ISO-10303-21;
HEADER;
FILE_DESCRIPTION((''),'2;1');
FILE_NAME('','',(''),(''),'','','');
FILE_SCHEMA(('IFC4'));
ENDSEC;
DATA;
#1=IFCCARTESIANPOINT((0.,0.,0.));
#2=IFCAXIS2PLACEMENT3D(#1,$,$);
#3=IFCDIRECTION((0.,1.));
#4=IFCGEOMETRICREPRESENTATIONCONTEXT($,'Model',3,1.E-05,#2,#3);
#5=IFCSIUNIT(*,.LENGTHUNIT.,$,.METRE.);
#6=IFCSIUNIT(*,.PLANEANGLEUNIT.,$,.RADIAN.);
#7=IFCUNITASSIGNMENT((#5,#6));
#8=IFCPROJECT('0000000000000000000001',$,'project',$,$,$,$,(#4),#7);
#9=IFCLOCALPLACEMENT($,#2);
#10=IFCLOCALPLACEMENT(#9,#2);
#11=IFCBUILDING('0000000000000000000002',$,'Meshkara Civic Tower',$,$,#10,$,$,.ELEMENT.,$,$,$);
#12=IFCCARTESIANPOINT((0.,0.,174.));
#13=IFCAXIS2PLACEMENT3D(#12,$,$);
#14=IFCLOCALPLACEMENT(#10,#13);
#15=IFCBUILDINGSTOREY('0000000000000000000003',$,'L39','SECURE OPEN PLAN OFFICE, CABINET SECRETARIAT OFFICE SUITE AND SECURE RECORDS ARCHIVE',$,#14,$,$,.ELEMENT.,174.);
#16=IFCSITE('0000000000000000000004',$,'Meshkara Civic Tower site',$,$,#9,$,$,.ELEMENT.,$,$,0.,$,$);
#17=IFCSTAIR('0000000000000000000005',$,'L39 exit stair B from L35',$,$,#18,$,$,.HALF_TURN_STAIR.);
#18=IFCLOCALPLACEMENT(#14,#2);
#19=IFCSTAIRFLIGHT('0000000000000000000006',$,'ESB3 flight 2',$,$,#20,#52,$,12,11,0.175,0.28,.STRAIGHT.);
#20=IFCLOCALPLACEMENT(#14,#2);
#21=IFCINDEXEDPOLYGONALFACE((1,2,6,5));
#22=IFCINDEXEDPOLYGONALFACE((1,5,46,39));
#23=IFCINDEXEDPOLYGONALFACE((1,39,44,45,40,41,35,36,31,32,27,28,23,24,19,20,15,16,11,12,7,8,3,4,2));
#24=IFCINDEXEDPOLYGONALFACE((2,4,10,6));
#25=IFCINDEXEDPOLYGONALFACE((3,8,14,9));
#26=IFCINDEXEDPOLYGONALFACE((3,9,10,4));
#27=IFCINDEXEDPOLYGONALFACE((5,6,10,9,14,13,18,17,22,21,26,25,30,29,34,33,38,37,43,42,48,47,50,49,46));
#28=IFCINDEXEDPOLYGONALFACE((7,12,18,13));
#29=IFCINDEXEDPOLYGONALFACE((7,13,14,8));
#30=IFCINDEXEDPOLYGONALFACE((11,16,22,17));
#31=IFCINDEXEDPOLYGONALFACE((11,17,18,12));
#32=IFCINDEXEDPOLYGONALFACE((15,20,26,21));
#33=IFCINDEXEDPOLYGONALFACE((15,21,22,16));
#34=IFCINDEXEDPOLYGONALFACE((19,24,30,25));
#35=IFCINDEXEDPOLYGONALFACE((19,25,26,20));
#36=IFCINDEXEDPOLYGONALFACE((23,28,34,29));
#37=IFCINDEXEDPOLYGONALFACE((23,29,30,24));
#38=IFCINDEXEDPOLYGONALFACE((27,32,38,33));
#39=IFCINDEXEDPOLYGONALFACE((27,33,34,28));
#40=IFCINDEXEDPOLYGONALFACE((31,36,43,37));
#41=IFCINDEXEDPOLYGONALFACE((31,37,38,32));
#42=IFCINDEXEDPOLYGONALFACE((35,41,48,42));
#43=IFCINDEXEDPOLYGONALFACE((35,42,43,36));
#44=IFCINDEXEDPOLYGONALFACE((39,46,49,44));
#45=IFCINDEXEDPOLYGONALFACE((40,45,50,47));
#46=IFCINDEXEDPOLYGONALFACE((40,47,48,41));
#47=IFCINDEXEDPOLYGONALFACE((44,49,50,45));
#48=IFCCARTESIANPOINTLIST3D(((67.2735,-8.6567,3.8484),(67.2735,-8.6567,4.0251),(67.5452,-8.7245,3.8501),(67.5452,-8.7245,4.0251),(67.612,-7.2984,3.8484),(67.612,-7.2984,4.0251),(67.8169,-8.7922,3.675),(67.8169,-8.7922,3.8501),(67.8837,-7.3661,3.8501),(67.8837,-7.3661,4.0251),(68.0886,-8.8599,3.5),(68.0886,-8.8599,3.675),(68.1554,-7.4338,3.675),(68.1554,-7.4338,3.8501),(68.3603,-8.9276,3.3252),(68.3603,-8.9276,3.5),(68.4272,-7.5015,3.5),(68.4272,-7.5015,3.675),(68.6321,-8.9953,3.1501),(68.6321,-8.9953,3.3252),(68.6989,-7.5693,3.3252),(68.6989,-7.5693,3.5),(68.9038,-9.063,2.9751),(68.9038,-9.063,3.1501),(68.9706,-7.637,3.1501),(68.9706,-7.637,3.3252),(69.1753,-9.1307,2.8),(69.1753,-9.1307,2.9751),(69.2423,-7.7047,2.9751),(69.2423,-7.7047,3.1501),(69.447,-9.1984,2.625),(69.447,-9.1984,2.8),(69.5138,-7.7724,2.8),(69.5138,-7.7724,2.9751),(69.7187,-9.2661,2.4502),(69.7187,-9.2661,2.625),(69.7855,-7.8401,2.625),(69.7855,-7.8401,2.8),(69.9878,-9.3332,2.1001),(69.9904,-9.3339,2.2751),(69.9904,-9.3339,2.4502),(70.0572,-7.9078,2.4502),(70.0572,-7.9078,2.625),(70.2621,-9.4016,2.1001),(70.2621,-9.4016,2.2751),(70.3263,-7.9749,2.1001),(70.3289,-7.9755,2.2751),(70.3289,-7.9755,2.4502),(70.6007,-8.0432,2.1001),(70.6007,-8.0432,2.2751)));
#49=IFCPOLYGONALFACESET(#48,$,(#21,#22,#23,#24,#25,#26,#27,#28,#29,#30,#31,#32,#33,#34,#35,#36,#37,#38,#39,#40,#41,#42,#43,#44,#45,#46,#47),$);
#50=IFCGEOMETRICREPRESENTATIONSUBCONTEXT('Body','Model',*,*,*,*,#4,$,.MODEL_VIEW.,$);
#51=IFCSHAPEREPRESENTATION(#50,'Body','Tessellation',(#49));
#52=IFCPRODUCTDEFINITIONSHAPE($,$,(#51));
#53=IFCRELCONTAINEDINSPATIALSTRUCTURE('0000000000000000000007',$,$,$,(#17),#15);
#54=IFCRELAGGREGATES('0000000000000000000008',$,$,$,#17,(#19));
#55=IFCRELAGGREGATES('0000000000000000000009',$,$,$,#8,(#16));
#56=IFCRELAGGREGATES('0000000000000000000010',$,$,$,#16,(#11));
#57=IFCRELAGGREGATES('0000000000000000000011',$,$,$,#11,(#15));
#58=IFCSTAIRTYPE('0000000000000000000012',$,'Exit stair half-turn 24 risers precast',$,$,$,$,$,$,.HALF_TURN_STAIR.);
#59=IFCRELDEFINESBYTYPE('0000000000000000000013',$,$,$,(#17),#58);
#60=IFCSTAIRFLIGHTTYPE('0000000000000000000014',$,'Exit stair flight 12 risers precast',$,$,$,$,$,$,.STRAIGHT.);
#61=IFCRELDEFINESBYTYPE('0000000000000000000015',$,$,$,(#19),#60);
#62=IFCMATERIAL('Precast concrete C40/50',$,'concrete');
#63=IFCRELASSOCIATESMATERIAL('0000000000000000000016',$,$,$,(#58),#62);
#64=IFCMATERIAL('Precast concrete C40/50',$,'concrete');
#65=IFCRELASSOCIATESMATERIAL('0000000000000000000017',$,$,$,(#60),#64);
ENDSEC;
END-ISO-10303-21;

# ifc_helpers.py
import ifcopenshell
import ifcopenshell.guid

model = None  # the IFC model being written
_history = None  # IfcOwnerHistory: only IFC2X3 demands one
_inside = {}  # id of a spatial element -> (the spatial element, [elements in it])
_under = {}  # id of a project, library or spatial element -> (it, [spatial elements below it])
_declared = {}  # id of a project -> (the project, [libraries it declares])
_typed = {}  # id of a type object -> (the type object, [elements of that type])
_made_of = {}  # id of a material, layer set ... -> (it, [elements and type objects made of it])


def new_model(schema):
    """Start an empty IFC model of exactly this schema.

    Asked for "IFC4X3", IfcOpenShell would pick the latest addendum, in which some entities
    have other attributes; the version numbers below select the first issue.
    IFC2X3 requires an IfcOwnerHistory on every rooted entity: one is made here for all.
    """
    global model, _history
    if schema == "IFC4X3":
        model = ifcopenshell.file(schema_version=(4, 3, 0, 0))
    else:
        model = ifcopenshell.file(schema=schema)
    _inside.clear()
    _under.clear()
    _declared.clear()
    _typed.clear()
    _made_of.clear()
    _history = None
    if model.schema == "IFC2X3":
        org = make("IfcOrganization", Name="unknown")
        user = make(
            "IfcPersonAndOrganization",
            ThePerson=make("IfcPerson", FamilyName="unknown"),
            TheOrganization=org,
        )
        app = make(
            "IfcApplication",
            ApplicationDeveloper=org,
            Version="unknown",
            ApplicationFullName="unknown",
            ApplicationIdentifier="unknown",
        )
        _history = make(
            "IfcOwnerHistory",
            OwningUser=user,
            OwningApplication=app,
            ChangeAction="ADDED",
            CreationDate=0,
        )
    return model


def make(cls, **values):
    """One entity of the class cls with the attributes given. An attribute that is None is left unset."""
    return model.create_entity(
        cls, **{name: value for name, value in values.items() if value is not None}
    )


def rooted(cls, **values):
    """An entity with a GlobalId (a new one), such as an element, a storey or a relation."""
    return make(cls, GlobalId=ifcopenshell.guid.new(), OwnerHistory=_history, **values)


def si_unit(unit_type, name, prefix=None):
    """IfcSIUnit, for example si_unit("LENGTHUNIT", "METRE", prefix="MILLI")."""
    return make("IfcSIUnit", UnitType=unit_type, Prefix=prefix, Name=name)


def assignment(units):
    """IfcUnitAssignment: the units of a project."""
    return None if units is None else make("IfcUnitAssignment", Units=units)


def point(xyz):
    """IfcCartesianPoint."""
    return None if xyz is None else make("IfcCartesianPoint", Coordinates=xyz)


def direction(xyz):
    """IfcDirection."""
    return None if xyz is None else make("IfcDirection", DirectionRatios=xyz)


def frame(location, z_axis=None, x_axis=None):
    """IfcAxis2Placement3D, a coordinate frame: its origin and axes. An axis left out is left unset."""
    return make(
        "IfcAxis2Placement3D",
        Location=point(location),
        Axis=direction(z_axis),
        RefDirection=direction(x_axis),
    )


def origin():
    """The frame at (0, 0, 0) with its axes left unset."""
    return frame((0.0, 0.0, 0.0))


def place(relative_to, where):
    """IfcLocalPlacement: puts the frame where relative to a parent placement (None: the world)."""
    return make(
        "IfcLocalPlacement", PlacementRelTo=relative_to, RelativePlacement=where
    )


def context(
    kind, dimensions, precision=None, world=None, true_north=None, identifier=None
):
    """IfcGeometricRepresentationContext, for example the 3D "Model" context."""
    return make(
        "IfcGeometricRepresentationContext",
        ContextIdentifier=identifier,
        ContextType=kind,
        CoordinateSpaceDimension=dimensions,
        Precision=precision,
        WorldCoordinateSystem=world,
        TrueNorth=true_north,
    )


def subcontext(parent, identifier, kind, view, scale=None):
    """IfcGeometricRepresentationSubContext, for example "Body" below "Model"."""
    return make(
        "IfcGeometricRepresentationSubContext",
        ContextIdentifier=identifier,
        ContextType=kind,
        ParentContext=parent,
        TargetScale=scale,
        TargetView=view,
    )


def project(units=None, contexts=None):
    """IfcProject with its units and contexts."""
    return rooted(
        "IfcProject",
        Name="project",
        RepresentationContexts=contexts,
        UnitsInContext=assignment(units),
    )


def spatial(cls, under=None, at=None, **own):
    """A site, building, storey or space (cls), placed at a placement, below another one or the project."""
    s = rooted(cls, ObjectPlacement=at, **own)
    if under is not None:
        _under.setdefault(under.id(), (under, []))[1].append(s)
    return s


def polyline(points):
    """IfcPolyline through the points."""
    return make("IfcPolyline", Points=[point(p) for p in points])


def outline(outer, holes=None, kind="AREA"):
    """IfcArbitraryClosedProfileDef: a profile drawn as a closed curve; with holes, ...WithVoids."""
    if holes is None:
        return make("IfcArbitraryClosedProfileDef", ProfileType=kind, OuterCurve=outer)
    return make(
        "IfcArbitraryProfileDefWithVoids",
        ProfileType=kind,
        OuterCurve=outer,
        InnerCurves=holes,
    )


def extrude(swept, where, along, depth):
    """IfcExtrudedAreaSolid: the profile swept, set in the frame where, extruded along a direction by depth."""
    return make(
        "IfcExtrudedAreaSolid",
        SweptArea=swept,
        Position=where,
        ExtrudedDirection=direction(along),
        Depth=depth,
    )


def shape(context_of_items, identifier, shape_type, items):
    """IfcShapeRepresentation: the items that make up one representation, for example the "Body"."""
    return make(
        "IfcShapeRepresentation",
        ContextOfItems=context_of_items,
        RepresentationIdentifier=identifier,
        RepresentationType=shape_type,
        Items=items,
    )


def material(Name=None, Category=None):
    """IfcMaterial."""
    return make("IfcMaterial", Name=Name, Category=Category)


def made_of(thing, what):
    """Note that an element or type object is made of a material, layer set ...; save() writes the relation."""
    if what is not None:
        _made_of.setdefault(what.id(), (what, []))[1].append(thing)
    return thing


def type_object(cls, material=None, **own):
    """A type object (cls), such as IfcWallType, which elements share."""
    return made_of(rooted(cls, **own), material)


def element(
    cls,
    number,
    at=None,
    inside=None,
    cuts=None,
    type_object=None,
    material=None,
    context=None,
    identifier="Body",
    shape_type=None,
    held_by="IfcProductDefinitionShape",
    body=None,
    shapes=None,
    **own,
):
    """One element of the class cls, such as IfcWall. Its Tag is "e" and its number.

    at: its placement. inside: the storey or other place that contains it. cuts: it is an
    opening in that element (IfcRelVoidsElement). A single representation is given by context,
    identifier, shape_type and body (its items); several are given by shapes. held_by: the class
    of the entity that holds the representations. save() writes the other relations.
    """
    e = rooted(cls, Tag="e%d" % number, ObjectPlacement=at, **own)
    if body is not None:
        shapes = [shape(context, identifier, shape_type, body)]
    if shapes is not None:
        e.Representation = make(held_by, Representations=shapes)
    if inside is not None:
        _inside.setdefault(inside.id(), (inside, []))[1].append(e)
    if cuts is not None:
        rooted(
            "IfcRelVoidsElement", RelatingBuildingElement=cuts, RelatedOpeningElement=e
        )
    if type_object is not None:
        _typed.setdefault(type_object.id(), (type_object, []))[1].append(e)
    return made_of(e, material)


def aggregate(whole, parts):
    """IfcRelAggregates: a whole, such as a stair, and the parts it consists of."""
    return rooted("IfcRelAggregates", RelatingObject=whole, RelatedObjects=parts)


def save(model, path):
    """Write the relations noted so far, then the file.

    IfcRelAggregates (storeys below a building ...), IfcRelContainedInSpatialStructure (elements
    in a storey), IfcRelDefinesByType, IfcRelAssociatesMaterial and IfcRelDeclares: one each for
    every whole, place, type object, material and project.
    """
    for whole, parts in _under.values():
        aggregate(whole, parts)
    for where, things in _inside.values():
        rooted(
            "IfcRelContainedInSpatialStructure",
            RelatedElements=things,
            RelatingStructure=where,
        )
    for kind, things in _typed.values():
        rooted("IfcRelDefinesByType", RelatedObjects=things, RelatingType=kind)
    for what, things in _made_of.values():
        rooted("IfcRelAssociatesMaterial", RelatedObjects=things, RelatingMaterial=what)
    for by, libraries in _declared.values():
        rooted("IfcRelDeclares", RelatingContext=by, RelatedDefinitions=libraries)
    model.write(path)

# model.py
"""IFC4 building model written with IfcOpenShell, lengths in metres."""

from ifc_helpers import new_model, si_unit, direction, frame, origin, place, context, subcontext, project, spatial, polyline, outline, extrude, material, type_object, element, aggregate, save


model = new_model("IFC4")

# Units and contexts
model_context = context("Model", 3, precision=1e-05, world=origin(), true_north=direction((0.0, 1.0)))
body_context = subcontext(model_context, "Body", "Model", "MODEL_VIEW")
ifc_project = project(units=[si_unit("LENGTHUNIT", "METRE"), si_unit("PLANEANGLEUNIT", "RADIAN")], contexts=[model_context])

# Site, building, storey
site_placement = place(None, origin())
site = spatial("IfcSite", under=ifc_project, at=site_placement, Name="Meshkara Civic Tower site", CompositionType="ELEMENT", RefElevation=0.0)
building_placement = place(site_placement, origin())
building = spatial("IfcBuilding", under=site, at=building_placement, Name="Meshkara Civic Tower", CompositionType="ELEMENT")
storey_placement = place(building_placement, frame((0.0, 0.0, 174.0)))
storey = spatial("IfcBuildingStorey", under=building, at=storey_placement, Name="L39", Description="SECURE OPEN PLAN OFFICE, CABINET SECRETARIAT OFFICE SUITE AND SECURE RECORDS ARCHIVE", CompositionType="ELEMENT", Elevation=174.0)

# Stair, stair flight
ifc_material_1 = material(Name="Precast concrete C40/50", Category="concrete")
stair_type = type_object("IfcStairType", Name="Exit stair half-turn 24 risers precast", PredefinedType="HALF_TURN_STAIR", material=ifc_material_1)
stair_placement = place(storey_placement, origin())
stair = element("IfcStair", 1, at=stair_placement, inside=storey, type_object=stair_type, Name="L39 exit stair B from L35", PredefinedType="HALF_TURN_STAIR")
ifc_material_2 = material(Name="Precast concrete C40/50", Category="concrete")
stair_flight_type = type_object("IfcStairFlightType", Name="Exit stair flight 12 risers precast", PredefinedType="STRAIGHT", material=ifc_material_2)
stair_flight_1_placement = place(storey_placement, frame((70.4314, -8.7224, 2.1001), z_axis=(0.0, 0.0, 1.0), x_axis=(-0.970319, 0.24183, 0.0)))
stair_flight_1 = element("IfcStairFlight", 2, at=stair_flight_1_placement, type_object=stair_flight_type, Name="ESB3 flight 2", NumberOfRisers=12, NumberOfTreads=11, PredefinedType="STRAIGHT", RiserHeight=0.175, TreadLength=0.28, context=body_context, shape_type="SweptSolid", body=[
    extrude(outline(polyline([(0.0, 0.0), (0.0, 0.175), (0.28, 0.175), (0.28, 0.3501), (0.5601, 0.3501), (0.5601, 0.5249), (0.8401, 0.5249), (0.8401, 0.7), (1.1201, 0.7), (1.1201, 0.875), (1.3999, 0.875), (1.3999, 1.05), (1.6799, 1.05), (1.6799, 1.2251), (1.96, 1.2251), (1.96, 1.3999), (2.24, 1.3999), (2.24, 1.575), (2.52, 1.575), (2.52, 1.75), (2.8, 1.75), (2.8, 1.925), (3.0801, 1.925), (3.0801, 2.1001), (3.0801, 1.7483), (0.2827, 0.0), (0.0, 0.0)])), frame((0.0, 0.7, 0.0), z_axis=(0.0, -1.0, 0.0), x_axis=(1.0, 0.0, 0.0)), (0.0, 0.0, 1.0), 1.3999),
])
aggregate(stair, [stair_flight_1])

save(model, "model.ifc")
